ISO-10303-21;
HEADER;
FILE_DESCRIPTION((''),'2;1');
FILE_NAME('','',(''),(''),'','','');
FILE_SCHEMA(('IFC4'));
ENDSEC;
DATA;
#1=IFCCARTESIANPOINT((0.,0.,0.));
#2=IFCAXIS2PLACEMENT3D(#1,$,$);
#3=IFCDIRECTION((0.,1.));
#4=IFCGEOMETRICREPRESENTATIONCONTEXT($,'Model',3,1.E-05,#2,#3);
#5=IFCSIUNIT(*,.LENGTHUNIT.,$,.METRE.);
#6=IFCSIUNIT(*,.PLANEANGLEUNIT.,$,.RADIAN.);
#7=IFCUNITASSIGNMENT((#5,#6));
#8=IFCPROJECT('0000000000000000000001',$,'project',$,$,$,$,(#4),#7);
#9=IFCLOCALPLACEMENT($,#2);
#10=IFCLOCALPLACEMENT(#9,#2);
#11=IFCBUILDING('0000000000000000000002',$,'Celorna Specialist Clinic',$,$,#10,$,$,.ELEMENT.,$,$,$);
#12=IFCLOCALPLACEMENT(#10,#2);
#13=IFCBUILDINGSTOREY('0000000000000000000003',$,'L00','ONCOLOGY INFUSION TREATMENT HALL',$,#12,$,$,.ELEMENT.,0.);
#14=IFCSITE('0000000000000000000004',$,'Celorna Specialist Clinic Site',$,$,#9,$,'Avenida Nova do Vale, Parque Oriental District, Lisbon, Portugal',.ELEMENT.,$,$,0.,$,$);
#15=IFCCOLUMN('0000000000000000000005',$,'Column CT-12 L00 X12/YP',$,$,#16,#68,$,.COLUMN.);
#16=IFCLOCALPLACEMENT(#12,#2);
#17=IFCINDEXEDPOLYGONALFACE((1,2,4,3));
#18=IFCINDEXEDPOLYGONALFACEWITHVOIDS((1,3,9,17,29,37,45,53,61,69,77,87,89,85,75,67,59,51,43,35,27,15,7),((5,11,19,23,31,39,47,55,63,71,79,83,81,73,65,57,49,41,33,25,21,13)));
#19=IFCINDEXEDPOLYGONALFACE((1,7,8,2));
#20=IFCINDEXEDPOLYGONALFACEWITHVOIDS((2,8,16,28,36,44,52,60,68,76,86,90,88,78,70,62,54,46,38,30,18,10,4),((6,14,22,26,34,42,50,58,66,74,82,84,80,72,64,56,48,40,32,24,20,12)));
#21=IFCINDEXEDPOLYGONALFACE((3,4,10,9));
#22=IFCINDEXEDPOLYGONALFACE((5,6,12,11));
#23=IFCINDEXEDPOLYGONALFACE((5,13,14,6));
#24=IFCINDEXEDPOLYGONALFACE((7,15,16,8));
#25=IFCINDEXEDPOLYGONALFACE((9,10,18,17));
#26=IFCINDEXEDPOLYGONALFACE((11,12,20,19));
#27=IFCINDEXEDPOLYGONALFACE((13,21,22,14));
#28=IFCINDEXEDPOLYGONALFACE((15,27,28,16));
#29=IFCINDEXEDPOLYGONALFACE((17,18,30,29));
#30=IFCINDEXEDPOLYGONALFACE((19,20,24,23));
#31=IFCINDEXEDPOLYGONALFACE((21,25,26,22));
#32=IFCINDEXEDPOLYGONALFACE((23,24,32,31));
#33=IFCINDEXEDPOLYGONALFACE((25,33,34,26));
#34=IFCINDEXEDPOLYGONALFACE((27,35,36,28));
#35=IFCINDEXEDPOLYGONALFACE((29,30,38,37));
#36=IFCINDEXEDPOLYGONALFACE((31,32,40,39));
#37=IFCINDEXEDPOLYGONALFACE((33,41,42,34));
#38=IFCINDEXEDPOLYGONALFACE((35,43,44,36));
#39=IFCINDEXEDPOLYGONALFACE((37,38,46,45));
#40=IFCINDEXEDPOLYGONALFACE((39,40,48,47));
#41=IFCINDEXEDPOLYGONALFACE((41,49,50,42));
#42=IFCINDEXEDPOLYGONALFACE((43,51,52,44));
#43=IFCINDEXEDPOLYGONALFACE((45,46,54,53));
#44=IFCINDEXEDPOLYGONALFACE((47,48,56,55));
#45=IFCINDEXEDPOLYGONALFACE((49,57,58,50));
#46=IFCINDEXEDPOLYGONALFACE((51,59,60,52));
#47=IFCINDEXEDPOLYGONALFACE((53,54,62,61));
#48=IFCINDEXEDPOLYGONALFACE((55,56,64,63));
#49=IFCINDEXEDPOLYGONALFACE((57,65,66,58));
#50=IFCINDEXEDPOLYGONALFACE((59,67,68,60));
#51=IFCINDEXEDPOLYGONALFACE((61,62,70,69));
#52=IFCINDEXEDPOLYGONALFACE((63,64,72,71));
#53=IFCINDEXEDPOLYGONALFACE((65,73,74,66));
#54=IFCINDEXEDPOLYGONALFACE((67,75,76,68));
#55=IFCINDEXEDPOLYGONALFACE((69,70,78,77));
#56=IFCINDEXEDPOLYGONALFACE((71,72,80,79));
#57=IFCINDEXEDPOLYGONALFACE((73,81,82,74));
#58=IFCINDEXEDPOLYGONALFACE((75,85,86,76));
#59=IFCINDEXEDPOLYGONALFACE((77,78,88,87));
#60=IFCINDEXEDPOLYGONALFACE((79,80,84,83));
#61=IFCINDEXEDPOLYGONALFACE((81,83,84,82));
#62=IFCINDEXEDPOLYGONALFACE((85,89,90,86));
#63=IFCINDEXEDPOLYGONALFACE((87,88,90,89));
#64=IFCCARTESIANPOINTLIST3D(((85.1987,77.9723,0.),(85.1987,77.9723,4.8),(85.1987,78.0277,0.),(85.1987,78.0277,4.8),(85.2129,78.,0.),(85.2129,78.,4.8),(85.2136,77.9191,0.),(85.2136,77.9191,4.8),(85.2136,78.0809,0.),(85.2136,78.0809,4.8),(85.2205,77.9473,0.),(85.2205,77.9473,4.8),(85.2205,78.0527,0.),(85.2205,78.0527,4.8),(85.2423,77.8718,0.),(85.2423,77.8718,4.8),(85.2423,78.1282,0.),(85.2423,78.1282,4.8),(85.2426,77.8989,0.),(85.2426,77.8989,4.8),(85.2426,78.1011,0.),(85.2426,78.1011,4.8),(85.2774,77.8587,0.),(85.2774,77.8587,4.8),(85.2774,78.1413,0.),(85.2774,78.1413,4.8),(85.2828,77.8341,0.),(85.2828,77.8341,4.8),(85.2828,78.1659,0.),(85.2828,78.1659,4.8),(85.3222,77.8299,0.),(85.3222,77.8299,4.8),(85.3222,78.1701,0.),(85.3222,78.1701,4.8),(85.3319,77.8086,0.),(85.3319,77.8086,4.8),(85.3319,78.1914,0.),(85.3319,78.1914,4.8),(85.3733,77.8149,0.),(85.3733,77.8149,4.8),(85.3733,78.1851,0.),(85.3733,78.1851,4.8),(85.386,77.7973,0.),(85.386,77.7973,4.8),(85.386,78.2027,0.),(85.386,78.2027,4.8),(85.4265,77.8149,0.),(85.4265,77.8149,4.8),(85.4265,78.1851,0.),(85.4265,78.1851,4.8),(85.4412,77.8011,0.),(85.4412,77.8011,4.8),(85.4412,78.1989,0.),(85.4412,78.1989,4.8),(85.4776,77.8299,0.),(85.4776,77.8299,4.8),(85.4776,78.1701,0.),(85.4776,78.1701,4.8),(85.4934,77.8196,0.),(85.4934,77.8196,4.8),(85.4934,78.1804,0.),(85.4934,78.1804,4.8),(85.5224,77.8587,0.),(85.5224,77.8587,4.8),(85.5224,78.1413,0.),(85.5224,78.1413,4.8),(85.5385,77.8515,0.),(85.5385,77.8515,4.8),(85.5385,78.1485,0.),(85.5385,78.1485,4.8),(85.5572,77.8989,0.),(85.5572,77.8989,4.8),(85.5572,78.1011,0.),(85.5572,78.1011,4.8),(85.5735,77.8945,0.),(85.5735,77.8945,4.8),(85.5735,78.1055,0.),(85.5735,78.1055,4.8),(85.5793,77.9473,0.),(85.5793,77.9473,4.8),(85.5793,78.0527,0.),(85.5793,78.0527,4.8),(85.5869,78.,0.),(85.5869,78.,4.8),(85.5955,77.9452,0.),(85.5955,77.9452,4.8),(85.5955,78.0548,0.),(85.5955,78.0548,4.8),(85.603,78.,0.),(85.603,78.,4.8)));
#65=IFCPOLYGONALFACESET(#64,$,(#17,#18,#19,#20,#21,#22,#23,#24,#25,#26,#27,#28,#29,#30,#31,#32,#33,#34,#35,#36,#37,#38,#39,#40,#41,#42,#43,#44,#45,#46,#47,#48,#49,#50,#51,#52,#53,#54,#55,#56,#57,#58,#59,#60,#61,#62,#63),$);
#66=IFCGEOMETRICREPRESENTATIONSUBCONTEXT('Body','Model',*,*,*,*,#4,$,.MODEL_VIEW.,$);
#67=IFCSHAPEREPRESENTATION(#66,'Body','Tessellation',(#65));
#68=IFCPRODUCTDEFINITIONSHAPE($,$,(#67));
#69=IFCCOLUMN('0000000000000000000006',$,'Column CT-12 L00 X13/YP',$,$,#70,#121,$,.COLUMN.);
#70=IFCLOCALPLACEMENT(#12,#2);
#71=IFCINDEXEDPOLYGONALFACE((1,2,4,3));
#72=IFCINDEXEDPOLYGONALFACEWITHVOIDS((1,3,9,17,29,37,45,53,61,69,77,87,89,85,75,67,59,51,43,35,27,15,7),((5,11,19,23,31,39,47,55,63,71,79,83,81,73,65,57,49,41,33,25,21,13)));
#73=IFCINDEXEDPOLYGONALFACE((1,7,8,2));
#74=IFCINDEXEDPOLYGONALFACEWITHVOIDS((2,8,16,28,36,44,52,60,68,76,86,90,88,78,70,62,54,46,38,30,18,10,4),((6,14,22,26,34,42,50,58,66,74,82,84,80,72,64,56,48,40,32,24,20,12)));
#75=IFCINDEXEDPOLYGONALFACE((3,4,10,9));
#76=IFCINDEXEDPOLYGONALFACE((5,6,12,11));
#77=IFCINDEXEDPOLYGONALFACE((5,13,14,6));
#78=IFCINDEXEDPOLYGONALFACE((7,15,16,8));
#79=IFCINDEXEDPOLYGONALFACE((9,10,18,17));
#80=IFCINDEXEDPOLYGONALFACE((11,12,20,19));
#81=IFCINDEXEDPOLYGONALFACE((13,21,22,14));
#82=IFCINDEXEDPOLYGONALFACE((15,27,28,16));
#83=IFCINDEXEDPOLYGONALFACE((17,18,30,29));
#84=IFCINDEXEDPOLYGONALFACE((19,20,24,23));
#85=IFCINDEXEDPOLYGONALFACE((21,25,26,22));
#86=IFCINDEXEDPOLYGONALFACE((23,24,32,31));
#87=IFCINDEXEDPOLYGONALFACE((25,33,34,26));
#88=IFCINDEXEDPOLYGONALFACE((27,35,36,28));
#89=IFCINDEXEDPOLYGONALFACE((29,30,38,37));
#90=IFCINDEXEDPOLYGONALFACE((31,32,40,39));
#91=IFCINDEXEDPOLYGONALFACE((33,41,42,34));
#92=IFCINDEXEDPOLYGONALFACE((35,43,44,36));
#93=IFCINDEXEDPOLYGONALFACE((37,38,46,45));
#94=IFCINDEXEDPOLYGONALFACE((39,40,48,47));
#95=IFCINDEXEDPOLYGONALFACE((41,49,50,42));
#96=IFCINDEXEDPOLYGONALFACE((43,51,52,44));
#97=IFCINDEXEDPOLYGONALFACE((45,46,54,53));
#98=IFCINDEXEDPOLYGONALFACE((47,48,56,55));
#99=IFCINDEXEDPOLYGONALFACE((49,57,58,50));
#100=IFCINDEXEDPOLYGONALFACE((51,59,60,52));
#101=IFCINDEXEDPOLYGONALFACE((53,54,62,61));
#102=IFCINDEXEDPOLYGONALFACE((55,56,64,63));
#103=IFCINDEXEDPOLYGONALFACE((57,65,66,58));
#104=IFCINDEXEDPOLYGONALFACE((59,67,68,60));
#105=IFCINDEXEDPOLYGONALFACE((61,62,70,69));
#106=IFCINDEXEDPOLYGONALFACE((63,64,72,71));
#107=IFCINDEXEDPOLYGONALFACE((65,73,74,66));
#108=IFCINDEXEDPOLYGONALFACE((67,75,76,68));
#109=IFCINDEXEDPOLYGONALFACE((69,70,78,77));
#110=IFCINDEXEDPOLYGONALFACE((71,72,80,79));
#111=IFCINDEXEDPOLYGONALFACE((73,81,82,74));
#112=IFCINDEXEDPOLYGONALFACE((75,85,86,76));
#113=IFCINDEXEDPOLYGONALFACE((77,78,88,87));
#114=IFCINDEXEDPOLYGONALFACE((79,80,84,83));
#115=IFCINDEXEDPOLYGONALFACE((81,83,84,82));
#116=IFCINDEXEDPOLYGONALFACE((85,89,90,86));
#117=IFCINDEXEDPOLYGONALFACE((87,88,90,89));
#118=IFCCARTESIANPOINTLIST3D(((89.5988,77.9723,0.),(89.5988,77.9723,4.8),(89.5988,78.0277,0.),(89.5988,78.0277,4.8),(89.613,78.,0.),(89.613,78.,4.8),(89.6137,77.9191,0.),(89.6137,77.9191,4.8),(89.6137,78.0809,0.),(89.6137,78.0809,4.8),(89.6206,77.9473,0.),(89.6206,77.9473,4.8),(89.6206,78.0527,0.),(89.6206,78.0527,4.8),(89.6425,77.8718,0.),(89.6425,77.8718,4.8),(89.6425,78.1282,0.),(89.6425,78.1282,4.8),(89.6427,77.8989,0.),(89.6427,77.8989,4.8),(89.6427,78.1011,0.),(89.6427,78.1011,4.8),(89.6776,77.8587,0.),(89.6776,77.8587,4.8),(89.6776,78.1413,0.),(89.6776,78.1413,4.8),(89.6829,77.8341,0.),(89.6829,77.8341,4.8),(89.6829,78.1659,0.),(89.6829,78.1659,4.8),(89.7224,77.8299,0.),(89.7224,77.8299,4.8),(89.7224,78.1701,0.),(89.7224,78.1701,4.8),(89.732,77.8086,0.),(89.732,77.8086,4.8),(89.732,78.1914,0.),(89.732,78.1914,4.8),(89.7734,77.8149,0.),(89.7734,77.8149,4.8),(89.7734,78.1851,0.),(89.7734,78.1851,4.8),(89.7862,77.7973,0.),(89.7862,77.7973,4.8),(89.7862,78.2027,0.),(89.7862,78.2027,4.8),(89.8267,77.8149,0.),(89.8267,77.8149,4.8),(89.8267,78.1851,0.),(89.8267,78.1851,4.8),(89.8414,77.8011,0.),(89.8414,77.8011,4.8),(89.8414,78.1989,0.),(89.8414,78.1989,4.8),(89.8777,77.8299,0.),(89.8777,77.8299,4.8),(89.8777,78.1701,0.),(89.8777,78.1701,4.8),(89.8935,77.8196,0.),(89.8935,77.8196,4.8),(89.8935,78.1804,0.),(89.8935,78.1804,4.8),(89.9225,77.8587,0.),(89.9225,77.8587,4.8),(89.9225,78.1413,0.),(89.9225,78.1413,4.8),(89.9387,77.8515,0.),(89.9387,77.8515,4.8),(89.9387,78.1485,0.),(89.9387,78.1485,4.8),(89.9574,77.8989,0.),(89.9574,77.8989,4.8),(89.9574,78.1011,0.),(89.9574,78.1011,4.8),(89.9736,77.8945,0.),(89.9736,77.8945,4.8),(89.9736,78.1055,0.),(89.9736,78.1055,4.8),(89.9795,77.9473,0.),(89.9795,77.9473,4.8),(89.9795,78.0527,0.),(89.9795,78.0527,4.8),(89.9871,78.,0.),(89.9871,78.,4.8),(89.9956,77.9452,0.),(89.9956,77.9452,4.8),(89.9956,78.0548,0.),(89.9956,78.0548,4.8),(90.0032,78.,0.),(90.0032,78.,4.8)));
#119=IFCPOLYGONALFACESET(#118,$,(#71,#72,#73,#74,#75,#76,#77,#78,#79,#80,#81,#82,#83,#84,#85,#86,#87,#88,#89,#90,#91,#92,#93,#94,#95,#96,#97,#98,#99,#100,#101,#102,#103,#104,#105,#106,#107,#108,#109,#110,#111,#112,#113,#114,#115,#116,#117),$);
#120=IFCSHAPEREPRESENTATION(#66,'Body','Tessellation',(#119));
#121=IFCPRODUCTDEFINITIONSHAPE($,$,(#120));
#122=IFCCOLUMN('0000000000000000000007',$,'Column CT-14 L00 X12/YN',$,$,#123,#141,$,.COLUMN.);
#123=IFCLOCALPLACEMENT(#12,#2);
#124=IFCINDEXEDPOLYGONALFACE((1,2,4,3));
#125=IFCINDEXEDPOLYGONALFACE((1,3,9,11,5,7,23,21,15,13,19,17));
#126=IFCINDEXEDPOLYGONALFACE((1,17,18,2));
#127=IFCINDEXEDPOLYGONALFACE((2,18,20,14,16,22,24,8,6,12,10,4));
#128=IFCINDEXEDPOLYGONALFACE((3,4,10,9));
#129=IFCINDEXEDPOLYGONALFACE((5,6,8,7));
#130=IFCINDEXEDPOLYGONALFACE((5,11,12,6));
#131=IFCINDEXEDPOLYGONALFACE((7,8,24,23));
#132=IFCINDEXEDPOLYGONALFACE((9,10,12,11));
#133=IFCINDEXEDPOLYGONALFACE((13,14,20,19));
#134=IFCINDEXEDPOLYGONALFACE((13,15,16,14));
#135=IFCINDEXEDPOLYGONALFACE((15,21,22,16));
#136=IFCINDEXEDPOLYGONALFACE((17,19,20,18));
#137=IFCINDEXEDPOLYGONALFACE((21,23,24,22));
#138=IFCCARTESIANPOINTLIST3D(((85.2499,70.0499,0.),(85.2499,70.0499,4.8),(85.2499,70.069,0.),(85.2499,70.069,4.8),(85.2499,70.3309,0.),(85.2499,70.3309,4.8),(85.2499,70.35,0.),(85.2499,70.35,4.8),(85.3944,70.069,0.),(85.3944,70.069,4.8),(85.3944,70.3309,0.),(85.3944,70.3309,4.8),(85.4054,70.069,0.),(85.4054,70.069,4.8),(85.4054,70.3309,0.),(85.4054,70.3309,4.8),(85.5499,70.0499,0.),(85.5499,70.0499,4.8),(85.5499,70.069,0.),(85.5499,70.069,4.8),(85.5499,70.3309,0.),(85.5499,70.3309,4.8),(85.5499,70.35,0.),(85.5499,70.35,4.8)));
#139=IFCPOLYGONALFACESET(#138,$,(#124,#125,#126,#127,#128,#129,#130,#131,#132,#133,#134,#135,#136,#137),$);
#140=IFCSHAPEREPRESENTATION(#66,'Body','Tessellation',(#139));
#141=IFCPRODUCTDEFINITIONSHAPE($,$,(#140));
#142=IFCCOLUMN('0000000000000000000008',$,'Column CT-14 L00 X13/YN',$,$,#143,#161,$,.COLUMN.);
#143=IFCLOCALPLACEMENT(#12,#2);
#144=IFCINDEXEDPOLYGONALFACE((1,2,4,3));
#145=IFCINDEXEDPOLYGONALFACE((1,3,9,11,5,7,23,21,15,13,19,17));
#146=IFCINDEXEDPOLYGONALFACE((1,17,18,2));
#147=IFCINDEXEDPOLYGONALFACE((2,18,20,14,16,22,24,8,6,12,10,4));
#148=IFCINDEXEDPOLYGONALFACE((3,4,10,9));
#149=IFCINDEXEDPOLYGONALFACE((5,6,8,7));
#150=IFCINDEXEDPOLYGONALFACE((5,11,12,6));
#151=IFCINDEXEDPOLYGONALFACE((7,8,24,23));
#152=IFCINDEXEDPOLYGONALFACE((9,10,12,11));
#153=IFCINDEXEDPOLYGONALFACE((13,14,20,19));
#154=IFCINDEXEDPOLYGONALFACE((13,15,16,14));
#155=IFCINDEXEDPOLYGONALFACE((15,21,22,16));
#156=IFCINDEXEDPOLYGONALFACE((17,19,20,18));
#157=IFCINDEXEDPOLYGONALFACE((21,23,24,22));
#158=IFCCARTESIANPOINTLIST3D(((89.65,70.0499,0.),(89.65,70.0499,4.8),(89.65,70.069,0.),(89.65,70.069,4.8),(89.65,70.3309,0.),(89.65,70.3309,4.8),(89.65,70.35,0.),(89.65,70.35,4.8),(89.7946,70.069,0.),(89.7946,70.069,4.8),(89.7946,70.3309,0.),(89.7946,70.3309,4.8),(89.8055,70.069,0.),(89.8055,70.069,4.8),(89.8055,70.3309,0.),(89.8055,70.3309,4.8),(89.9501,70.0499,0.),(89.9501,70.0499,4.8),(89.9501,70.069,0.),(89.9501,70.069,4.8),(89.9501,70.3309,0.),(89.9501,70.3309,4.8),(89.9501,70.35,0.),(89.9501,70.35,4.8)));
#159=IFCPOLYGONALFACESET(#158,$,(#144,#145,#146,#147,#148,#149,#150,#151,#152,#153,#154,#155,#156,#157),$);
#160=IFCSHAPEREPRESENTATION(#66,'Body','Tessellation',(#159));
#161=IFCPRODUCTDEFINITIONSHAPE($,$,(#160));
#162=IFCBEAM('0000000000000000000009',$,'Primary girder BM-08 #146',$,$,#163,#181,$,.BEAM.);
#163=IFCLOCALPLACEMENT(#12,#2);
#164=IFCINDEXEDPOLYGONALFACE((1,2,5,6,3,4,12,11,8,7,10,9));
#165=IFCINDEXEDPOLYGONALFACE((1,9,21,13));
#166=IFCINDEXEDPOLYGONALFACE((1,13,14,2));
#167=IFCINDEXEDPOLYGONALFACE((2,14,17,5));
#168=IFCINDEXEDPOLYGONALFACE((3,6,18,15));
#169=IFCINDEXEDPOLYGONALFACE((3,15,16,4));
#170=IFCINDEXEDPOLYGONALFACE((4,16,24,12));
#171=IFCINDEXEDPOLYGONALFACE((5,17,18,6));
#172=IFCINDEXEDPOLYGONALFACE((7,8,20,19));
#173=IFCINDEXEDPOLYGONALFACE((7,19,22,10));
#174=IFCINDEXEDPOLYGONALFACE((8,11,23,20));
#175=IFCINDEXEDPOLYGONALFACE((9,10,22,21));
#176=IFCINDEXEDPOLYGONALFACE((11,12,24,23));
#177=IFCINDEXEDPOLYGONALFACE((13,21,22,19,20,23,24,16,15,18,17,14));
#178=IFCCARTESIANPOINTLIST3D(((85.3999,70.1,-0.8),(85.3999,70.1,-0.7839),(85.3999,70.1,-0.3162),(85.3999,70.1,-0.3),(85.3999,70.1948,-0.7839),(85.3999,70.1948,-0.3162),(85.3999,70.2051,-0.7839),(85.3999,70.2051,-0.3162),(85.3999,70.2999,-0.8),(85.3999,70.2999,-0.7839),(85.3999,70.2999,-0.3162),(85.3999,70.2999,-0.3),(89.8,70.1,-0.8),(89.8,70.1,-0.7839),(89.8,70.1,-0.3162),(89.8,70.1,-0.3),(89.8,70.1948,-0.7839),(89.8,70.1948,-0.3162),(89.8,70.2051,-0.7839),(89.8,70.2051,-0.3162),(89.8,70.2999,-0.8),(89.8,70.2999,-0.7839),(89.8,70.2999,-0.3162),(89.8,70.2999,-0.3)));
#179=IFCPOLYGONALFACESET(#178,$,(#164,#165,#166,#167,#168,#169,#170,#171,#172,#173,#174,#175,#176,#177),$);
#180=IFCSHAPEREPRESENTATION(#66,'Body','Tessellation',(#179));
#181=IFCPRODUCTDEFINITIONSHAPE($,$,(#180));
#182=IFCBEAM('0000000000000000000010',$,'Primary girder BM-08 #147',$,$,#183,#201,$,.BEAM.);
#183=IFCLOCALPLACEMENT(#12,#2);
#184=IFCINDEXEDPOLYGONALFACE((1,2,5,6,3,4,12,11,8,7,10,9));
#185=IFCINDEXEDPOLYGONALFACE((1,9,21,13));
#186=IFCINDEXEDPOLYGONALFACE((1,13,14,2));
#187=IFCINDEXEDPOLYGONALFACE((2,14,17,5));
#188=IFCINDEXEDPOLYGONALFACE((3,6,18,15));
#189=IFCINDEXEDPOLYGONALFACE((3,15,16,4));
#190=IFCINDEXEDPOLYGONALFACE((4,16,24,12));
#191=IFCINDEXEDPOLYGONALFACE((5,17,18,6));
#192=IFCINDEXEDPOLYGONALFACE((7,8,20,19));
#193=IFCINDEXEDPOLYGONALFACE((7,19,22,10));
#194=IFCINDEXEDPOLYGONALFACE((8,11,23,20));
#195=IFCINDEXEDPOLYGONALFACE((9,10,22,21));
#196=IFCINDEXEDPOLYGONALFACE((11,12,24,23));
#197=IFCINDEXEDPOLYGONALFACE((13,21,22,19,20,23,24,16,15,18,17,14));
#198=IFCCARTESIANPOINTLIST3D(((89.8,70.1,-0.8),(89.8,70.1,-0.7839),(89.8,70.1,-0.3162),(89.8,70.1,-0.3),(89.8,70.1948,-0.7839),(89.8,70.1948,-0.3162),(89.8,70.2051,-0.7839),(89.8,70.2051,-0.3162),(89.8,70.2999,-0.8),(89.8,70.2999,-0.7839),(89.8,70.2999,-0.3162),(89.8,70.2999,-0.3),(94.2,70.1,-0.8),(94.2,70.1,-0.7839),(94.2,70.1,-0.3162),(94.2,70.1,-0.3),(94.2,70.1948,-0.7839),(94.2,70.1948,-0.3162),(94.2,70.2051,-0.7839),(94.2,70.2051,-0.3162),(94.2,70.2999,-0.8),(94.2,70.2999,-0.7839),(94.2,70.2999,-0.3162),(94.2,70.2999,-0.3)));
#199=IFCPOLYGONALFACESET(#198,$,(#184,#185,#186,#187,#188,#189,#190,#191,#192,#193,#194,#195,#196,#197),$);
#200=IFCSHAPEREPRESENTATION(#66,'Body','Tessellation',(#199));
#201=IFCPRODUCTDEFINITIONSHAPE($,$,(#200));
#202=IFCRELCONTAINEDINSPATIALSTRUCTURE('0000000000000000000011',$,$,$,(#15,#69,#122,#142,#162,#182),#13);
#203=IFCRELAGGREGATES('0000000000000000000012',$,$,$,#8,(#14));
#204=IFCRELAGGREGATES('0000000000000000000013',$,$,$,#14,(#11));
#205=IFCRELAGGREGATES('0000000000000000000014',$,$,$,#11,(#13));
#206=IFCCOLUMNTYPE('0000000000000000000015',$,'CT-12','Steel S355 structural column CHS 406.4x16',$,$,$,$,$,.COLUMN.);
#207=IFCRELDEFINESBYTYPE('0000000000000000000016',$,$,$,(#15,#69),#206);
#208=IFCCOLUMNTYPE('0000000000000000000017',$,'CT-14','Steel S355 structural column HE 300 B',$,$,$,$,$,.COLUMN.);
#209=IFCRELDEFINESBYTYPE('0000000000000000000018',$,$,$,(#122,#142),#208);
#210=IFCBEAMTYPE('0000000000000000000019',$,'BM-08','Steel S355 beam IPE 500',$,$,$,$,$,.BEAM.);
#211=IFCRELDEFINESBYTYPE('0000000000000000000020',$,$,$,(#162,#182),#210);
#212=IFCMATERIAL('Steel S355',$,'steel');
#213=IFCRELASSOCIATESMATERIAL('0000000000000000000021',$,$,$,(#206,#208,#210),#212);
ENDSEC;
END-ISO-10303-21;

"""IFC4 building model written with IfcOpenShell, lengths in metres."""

from ifc_helpers import new_model, si_unit, direction, frame, origin, origin_2d, place, context, subcontext, project, spatial, hollow_circle, i_section, extrude, material, material_profile, profile_set, type_object, element, save


model = new_model("IFC4")

# Units and contexts
model_context = context("Model", 3, precision=1e-05, world=origin(), true_north=direction((0.0, 1.0)))
body_context = subcontext(model_context, "Body", "Model", "MODEL_VIEW")
ifc_project = project(units=[si_unit("LENGTHUNIT", "METRE"), si_unit("PLANEANGLEUNIT", "RADIAN")], contexts=[model_context])

# Site, building, storey
site_placement = place(None, origin())
site = spatial("IfcSite", under=ifc_project, at=site_placement, Name="Celorna Specialist Clinic Site", LongName="Avenida Nova do Vale, Parque Oriental District, Lisbon, Portugal", CompositionType="ELEMENT", RefElevation=0.0)
building_placement = place(site_placement, origin())
building = spatial("IfcBuilding", under=site, at=building_placement, Name="Celorna Specialist Clinic", CompositionType="ELEMENT")
storey_placement = place(building_placement, origin())
storey = spatial("IfcBuildingStorey", under=building, at=storey_placement, Name="L00", Description="ONCOLOGY INFUSION TREATMENT HALL", CompositionType="ELEMENT", Elevation=0.0)

# Columns
ifc_material_1 = material(Name="Steel S355", Category="steel")
ifc_material_profile_1 = material_profile(ifc_material_1, hollow_circle(Radius=0.2031, WallThickness=0.0161, at=origin_2d()), Name="CHS 406.4x16")
ifc_profile_set_1 = profile_set([ifc_material_profile_1], Name="Steel S355")
column_type_1 = type_object("IfcColumnType", Name="CT-12", Description="Steel S355 structural column CHS 406.4x16", PredefinedType="COLUMN", material=ifc_profile_set_1)
for number, where, z_axis, x_axis, name in (
    (1, (85.3999, 78.0, 0.0), (0.0, 0.0, 1.0), (1.0, 0.0, 0.0), "Column CT-12 L00 X12/YP"),
    (2, (89.8, 78.0, 0.0), (0.0, 0.0, 1.0), (1.0, 0.0, 0.0), "Column CT-12 L00 X13/YP"),
):
    element("IfcColumn", number, at=place(storey_placement, frame(where, z_axis=z_axis, x_axis=x_axis)), inside=storey, type_object=column_type_1, Name=name, PredefinedType="COLUMN", context=body_context, shape_type="SweptSolid", body=[
        extrude(hollow_circle(Radius=0.2031, WallThickness=0.0161, at=origin_2d()), origin(), (0.0, 0.0, 1.0), 4.8),
    ])
ifc_material_profile_2 = material_profile(ifc_material_1, i_section(OverallWidth=0.3, OverallDepth=0.3, WebThickness=0.011, FlangeThickness=0.019, at=origin_2d()), Name="HE 300 B")
ifc_profile_set_2 = profile_set([ifc_material_profile_2], Name="Steel S355")
column_type_2 = type_object("IfcColumnType", Name="CT-14", Description="Steel S355 structural column HE 300 B", PredefinedType="COLUMN", material=ifc_profile_set_2)
for number, where, z_axis, x_axis, name in (
    (3, (85.3999, 70.2, 0.0), (0.0, 0.0, 1.0), (1.0, 0.0, 0.0), "Column CT-14 L00 X12/YN"),
    (4, (89.8, 70.2, 0.0), (0.0, 0.0, 1.0), (1.0, 0.0, 0.0), "Column CT-14 L00 X13/YN"),
):
    element("IfcColumn", number, at=place(storey_placement, frame(where, z_axis=z_axis, x_axis=x_axis)), inside=storey, type_object=column_type_2, Name=name, PredefinedType="COLUMN", context=body_context, shape_type="SweptSolid", body=[
        extrude(i_section(OverallWidth=0.3, OverallDepth=0.3, WebThickness=0.011, FlangeThickness=0.019, at=origin_2d()), origin(), (0.0, 0.0, 1.0), 4.8),
    ])

# Beams
ifc_material_profile_3 = material_profile(ifc_material_1, i_section(OverallWidth=0.2, OverallDepth=0.5, WebThickness=0.0103, FlangeThickness=0.0161, at=origin_2d()), Name="IPE 500")
ifc_profile_set_3 = profile_set([ifc_material_profile_3], Name="Steel S355")
beam_type_1 = type_object("IfcBeamType", Name="BM-08", Description="Steel S355 beam IPE 500", PredefinedType="BEAM", material=ifc_profile_set_3)
beam_1_placement = place(storey_placement, frame((85.3999, 70.2, -0.55), z_axis=(1.0, 0.0, 0.0), x_axis=(0.0, 1.0, 0.0)))
element("IfcBeam", 5, at=beam_1_placement, inside=storey, type_object=beam_type_1, Name="Primary girder BM-08 #146", PredefinedType="BEAM", context=body_context, shape_type="SweptSolid", body=[
    extrude(i_section(OverallWidth=0.2, OverallDepth=0.5, WebThickness=0.0103, FlangeThickness=0.0161, at=origin_2d()), origin(), (0.0, 0.0, 1.0), 4.4001),
])
beam_2_placement = place(storey_placement, frame((89.8, 70.2, -0.55), z_axis=(1.0, 0.0, 0.0), x_axis=(0.0, 1.0, 0.0)))
element("IfcBeam", 6, at=beam_2_placement, inside=storey, type_object=beam_type_1, Name="Primary girder BM-08 #147", PredefinedType="BEAM", context=body_context, shape_type="SweptSolid", body=[
    extrude(i_section(OverallWidth=0.2, OverallDepth=0.5, WebThickness=0.0103, FlangeThickness=0.0161, at=origin_2d()), origin(), (0.0, 0.0, 1.0), 4.3999),
])

save(model, "model.ifc")
